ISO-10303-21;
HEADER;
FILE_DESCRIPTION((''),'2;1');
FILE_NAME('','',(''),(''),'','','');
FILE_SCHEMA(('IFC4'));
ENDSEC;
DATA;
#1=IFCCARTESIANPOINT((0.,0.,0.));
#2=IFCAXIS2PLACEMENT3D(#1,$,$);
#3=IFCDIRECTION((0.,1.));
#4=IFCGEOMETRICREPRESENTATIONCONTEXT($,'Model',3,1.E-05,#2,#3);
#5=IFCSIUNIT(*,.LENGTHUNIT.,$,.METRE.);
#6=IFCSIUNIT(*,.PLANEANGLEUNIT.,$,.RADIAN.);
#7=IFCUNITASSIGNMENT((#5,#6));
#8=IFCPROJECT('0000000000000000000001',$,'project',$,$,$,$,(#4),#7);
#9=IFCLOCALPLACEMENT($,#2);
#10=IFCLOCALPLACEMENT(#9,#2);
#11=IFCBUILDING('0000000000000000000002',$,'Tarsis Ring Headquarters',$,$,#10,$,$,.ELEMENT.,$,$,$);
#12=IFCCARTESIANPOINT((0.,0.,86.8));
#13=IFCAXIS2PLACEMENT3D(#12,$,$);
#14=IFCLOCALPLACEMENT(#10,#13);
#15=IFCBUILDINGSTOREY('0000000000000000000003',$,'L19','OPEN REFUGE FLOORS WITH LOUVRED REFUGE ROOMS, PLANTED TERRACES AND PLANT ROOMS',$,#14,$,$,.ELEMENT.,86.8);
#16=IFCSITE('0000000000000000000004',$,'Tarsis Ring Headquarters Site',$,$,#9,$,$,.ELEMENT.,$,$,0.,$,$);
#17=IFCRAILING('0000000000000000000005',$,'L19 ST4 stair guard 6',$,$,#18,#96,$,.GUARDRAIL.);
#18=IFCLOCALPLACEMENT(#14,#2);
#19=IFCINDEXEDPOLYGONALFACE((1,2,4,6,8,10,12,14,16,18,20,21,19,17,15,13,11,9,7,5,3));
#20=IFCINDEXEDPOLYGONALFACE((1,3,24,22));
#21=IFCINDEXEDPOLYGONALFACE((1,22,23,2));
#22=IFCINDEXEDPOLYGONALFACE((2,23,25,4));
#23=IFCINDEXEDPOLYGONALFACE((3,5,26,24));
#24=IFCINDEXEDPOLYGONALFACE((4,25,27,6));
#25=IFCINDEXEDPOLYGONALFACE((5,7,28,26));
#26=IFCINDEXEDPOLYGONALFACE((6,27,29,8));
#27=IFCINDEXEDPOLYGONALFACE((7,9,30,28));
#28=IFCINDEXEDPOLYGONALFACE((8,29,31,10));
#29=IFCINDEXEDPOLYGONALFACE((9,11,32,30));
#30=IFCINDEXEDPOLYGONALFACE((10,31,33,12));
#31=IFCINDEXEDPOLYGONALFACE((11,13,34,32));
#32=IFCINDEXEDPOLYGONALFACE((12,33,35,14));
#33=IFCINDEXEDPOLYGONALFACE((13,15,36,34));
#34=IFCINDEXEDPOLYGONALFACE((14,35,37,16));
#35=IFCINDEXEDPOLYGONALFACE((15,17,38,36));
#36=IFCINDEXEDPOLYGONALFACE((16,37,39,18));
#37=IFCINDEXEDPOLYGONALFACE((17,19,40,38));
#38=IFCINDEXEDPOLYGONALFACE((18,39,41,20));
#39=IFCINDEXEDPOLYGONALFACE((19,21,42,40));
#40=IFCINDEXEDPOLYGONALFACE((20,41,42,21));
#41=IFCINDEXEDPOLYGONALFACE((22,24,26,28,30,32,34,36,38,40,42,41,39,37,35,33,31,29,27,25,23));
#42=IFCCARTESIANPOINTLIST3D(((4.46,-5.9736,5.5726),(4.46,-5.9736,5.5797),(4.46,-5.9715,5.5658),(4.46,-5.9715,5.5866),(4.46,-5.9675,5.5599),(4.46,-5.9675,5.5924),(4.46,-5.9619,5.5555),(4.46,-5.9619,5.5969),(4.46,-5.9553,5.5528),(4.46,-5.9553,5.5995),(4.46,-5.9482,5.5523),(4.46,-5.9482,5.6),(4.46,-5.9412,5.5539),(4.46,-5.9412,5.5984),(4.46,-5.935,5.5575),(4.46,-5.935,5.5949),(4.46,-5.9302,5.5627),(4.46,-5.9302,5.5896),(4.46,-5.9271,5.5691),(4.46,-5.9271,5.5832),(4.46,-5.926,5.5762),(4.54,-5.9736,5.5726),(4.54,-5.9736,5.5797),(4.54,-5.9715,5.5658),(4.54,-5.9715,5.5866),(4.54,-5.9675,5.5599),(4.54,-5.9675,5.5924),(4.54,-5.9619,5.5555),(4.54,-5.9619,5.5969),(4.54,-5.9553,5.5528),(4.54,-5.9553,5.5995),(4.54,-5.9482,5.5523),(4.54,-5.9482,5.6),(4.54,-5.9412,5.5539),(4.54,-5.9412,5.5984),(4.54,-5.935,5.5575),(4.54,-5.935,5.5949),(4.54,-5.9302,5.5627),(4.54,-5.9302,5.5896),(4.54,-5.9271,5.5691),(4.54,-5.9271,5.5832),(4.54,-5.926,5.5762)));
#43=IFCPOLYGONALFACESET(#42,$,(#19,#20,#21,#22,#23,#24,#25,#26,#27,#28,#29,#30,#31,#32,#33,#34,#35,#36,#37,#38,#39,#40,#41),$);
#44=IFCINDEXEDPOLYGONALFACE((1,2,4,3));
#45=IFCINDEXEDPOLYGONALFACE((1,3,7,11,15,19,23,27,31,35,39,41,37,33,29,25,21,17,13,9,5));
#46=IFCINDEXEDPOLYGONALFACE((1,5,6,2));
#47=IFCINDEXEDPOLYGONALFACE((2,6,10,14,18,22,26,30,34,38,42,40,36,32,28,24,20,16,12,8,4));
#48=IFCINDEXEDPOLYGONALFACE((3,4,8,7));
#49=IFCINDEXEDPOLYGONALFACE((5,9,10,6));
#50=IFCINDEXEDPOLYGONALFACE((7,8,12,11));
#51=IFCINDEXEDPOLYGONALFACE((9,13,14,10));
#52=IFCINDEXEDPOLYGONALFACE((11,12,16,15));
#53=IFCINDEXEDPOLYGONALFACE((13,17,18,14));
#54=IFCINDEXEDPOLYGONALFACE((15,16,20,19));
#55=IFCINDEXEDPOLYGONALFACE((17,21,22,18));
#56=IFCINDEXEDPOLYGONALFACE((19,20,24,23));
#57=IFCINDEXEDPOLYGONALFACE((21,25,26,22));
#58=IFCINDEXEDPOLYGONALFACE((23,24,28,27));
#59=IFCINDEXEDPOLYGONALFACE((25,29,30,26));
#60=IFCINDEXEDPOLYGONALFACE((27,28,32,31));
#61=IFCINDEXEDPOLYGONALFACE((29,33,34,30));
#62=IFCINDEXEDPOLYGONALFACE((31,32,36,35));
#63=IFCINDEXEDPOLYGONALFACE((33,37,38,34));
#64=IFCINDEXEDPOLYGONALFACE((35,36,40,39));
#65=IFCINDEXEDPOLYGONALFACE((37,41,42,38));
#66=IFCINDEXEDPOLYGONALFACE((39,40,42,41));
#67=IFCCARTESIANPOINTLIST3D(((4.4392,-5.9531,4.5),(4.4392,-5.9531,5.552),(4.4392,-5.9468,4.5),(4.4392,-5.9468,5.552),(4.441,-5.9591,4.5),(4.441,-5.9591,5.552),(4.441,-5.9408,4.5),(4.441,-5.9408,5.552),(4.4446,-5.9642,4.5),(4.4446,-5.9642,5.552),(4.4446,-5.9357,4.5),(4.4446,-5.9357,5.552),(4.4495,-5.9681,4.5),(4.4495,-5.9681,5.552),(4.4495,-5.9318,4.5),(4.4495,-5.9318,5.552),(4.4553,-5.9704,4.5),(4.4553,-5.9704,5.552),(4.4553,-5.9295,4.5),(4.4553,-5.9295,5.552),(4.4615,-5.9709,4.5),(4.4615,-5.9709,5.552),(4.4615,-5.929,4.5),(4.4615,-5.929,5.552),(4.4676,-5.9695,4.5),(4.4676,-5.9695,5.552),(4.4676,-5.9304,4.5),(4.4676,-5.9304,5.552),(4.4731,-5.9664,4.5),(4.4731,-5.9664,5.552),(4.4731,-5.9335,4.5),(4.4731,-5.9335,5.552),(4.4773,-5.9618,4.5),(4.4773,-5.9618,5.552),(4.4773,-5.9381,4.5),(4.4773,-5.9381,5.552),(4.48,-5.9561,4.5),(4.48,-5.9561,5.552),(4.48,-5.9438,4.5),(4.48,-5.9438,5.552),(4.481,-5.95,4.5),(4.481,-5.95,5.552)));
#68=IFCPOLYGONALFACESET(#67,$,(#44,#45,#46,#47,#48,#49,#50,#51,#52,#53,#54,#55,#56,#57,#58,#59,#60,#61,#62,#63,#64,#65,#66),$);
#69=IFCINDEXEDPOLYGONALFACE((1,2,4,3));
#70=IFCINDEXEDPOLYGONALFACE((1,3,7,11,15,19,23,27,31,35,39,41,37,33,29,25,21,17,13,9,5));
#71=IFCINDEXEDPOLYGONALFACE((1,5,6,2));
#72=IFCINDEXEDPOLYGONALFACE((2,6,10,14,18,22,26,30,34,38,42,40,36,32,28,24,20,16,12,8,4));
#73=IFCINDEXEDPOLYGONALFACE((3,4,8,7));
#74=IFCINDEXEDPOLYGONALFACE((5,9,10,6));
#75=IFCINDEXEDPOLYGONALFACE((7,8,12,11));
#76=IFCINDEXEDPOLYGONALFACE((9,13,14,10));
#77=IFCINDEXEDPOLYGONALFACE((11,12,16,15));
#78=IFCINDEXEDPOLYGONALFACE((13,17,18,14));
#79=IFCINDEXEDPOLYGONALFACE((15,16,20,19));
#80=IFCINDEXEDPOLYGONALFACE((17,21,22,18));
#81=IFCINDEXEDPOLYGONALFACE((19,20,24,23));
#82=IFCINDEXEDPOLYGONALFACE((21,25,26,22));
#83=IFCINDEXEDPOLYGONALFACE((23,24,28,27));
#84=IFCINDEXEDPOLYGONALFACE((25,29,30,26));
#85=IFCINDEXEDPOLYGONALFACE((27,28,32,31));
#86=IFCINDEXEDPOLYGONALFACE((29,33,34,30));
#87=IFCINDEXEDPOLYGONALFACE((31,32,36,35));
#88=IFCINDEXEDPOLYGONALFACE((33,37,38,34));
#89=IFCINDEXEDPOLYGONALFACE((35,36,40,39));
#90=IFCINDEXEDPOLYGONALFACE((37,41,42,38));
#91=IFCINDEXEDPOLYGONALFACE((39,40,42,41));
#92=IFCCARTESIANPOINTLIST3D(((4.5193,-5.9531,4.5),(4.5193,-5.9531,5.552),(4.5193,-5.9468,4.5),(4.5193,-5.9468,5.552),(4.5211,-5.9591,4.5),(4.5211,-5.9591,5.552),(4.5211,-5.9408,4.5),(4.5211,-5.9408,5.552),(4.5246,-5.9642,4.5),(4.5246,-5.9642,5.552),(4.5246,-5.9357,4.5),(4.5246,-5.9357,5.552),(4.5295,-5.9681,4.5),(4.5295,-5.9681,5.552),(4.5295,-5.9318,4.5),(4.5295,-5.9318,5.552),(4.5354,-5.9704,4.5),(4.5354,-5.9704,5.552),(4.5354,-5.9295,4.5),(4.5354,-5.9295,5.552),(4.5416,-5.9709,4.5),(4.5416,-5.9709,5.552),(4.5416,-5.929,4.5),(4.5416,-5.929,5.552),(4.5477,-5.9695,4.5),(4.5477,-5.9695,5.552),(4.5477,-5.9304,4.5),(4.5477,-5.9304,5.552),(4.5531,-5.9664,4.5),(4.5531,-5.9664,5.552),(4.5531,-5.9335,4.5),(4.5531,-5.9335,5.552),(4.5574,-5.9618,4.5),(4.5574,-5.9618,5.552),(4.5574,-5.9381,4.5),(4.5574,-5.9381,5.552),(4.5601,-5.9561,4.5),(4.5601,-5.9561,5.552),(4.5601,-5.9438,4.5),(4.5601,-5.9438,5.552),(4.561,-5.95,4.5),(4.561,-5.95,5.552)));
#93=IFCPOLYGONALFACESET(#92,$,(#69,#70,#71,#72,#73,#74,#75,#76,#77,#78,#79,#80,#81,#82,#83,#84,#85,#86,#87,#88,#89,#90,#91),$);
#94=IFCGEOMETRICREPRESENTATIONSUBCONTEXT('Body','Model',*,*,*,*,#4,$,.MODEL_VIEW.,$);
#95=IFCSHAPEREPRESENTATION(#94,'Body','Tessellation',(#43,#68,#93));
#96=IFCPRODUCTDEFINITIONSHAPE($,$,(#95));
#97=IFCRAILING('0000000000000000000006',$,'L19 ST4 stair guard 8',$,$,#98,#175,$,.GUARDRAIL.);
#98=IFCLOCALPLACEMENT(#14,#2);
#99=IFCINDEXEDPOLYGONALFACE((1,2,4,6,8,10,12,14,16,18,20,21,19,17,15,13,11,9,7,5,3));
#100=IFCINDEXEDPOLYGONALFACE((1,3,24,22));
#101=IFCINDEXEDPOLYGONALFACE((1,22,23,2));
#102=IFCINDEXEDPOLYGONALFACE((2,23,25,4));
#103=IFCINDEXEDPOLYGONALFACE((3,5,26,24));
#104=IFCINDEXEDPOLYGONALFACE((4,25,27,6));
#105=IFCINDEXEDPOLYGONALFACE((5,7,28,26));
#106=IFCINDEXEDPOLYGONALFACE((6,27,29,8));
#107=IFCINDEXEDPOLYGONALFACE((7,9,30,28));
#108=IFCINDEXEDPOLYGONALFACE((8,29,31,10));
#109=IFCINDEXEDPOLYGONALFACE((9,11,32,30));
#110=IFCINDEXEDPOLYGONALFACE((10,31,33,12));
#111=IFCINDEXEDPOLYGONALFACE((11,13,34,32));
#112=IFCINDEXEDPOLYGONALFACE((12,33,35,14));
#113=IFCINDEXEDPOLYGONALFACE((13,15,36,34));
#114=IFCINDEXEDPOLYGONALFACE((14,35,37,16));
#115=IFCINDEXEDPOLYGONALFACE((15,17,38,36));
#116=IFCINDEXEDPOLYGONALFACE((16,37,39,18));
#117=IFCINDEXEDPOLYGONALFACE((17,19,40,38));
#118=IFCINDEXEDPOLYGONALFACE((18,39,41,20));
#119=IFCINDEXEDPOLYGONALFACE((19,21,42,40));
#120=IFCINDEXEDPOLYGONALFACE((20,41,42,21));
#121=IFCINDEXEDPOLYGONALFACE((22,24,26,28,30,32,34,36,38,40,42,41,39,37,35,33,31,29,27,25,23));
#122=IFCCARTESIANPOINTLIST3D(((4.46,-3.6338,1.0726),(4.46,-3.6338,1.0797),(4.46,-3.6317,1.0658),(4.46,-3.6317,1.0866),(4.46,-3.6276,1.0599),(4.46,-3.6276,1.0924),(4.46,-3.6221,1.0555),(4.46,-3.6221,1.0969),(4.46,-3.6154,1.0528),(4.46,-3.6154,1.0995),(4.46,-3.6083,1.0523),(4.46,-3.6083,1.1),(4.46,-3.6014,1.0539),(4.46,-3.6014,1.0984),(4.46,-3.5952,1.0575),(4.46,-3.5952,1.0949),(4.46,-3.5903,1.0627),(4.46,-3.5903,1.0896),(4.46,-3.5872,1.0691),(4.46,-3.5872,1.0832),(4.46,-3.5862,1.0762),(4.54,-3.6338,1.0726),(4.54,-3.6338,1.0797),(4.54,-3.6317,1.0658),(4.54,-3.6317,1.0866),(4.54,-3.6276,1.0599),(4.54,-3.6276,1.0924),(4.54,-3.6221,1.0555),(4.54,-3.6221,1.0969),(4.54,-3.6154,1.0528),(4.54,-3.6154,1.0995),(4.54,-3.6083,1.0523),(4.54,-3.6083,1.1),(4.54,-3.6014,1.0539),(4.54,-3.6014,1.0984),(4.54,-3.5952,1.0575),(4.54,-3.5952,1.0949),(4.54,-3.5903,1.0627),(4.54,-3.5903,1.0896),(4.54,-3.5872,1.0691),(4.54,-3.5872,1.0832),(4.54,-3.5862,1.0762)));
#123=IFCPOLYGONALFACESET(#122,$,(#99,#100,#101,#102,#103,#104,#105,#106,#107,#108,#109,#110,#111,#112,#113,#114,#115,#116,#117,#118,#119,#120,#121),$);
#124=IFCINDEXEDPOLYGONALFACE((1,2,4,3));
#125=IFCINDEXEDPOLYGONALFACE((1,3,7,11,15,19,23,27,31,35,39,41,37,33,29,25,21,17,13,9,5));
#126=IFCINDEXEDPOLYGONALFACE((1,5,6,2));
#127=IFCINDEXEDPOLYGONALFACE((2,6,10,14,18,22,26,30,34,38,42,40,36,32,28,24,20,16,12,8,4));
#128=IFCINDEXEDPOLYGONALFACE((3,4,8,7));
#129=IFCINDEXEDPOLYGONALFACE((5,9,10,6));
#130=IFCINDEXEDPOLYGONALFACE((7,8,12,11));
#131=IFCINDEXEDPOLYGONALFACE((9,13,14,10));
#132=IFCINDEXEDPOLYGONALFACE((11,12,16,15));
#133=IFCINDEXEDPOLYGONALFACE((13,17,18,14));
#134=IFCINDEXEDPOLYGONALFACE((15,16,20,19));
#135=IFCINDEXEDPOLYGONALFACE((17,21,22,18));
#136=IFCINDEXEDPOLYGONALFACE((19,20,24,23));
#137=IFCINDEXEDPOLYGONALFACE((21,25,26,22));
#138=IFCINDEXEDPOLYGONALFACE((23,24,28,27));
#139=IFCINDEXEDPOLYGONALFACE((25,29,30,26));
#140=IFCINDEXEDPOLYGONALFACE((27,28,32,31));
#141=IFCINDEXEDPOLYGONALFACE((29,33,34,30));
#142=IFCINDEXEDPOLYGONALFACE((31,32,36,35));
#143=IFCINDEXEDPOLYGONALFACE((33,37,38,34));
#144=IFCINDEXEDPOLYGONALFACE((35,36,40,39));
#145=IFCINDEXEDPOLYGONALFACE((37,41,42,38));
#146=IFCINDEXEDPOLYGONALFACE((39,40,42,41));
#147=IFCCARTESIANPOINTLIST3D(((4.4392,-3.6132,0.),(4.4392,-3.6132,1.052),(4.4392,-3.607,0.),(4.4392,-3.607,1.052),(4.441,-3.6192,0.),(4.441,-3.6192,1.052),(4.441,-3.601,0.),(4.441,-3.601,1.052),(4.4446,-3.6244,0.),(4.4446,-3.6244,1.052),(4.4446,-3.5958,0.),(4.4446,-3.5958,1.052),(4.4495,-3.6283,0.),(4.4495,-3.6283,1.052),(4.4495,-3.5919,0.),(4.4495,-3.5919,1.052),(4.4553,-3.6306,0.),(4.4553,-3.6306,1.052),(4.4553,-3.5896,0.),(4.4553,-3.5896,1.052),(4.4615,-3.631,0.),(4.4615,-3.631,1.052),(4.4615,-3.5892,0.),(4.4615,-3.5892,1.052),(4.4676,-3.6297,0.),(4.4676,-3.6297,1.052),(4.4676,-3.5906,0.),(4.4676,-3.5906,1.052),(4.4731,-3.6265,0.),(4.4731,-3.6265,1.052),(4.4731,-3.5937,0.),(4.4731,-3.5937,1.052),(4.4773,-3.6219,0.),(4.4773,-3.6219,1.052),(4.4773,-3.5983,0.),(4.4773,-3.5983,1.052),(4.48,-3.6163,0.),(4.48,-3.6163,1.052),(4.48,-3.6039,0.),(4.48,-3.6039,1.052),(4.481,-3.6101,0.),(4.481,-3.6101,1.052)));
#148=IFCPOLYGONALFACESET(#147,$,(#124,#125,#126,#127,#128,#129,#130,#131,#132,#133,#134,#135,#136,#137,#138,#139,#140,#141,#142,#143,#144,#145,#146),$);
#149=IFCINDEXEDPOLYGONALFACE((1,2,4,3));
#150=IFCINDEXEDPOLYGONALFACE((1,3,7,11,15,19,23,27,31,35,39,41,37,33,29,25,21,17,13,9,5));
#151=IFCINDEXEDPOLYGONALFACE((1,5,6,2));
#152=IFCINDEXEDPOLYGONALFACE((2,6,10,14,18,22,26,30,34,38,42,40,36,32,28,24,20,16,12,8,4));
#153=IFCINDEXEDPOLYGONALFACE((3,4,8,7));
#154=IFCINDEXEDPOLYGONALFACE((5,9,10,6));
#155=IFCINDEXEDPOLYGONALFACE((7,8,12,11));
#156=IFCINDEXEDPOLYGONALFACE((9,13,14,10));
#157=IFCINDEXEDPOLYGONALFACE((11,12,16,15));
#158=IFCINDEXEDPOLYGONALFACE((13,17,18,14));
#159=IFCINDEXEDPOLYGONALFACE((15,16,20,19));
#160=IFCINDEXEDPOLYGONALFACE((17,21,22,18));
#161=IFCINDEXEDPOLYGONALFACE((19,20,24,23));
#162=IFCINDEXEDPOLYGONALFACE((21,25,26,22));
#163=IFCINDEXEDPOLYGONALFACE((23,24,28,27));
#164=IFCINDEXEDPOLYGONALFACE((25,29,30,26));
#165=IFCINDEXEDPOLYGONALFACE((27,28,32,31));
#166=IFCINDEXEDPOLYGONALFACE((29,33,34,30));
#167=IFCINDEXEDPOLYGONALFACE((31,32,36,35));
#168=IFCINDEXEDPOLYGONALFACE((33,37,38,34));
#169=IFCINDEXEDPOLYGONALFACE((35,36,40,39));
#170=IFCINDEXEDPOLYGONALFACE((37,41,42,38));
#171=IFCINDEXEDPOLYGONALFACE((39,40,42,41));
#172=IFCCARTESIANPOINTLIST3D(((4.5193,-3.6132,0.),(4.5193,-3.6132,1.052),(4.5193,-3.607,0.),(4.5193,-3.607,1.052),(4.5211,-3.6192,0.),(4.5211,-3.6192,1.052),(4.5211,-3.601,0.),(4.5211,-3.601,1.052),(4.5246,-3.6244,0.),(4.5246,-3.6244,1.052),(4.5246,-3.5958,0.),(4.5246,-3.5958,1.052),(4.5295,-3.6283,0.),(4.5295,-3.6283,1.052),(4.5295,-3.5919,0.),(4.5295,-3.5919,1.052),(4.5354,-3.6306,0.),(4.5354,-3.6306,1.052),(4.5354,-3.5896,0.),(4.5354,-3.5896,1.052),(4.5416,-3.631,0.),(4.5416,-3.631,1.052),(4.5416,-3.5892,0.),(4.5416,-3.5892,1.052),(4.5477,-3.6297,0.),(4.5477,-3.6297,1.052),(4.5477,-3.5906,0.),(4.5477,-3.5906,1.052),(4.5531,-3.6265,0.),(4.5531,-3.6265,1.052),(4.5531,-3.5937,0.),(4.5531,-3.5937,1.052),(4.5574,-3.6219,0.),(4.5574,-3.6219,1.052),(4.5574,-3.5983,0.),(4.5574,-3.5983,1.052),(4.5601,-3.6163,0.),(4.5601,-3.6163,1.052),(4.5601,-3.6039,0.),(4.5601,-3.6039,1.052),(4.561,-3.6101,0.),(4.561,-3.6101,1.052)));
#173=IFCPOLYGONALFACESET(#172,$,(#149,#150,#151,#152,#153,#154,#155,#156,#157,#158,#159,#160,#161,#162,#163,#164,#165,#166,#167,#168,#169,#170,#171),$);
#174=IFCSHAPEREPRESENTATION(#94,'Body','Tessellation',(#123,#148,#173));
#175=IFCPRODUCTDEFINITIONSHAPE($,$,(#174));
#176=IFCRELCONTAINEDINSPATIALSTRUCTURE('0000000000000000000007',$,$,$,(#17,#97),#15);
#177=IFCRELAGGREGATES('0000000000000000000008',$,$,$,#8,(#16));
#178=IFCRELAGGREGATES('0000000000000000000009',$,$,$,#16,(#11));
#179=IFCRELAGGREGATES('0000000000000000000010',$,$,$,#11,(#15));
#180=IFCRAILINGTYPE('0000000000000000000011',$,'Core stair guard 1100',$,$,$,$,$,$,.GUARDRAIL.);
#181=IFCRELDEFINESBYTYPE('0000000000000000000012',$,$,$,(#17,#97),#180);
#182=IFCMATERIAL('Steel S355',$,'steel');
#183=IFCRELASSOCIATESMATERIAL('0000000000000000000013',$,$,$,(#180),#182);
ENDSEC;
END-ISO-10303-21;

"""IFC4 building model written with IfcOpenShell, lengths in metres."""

from ifc_helpers import new_model, si_unit, direction, frame, origin, origin_2d, place, context, subcontext, project, spatial, circle, extrude, material, type_object, element, save


model = new_model("IFC4")

# Units and contexts
model_context = context("Model", 3, precision=1e-05, world=origin(), true_north=direction((0.0, 1.0)))
body_context = subcontext(model_context, "Body", "Model", "MODEL_VIEW")
ifc_project = project(units=[si_unit("LENGTHUNIT", "METRE"), si_unit("PLANEANGLEUNIT", "RADIAN")], contexts=[model_context])

# Site, building, storey
site_placement = place(None, origin())
site = spatial("IfcSite", under=ifc_project, at=site_placement, Name="Tarsis Ring Headquarters Site", CompositionType="ELEMENT", RefElevation=0.0)
building_placement = place(site_placement, origin())
building = spatial("IfcBuilding", under=site, at=building_placement, Name="Tarsis Ring Headquarters", CompositionType="ELEMENT")
storey_placement = place(building_placement, frame((0.0, 0.0, 86.8)))
storey = spatial("IfcBuildingStorey", under=building, at=storey_placement, Name="L19", Description="OPEN REFUGE FLOORS WITH LOUVRED REFUGE ROOMS, PLANTED TERRACES AND PLANT ROOMS", CompositionType="ELEMENT", Elevation=86.8)

# Railings
ifc_material_1 = material(Name="Steel S355", Category="steel")
railing_type_1 = type_object("IfcRailingType", Name="Core stair guard 1100", PredefinedType="GUARDRAIL", material=ifc_material_1)
for number, where, name in (
    (1, (4.46, -5.95, 4.5), "L19 ST4 stair guard 6"),
    (2, (4.46, -3.6101, 0.0), "L19 ST4 stair guard 8"),
):
    element("IfcRailing", number, at=place(storey_placement, frame(where)), inside=storey, type_object=railing_type_1, Name=name, PredefinedType="GUARDRAIL", context=body_context, shape_type="SweptSolid", body=[
        extrude(circle(Radius=0.0239, at=origin_2d()), frame((0.0, 0.0, 1.0762), z_axis=(1.0, 0.0, 0.0), x_axis=(0.0, 1.0, 0.0)), (0.0, 0.0, 1.0), 0.0801),
        extrude(circle(Radius=0.021, at=origin_2d()), origin(), (0.0, 0.0, 1.0), 1.052),
        extrude(circle(Radius=0.021, at=origin_2d()), frame((0.0801, 0.0, 0.0)), (0.0, 0.0, 1.0), 1.052),
    ])

save(model, "model.ifc")
